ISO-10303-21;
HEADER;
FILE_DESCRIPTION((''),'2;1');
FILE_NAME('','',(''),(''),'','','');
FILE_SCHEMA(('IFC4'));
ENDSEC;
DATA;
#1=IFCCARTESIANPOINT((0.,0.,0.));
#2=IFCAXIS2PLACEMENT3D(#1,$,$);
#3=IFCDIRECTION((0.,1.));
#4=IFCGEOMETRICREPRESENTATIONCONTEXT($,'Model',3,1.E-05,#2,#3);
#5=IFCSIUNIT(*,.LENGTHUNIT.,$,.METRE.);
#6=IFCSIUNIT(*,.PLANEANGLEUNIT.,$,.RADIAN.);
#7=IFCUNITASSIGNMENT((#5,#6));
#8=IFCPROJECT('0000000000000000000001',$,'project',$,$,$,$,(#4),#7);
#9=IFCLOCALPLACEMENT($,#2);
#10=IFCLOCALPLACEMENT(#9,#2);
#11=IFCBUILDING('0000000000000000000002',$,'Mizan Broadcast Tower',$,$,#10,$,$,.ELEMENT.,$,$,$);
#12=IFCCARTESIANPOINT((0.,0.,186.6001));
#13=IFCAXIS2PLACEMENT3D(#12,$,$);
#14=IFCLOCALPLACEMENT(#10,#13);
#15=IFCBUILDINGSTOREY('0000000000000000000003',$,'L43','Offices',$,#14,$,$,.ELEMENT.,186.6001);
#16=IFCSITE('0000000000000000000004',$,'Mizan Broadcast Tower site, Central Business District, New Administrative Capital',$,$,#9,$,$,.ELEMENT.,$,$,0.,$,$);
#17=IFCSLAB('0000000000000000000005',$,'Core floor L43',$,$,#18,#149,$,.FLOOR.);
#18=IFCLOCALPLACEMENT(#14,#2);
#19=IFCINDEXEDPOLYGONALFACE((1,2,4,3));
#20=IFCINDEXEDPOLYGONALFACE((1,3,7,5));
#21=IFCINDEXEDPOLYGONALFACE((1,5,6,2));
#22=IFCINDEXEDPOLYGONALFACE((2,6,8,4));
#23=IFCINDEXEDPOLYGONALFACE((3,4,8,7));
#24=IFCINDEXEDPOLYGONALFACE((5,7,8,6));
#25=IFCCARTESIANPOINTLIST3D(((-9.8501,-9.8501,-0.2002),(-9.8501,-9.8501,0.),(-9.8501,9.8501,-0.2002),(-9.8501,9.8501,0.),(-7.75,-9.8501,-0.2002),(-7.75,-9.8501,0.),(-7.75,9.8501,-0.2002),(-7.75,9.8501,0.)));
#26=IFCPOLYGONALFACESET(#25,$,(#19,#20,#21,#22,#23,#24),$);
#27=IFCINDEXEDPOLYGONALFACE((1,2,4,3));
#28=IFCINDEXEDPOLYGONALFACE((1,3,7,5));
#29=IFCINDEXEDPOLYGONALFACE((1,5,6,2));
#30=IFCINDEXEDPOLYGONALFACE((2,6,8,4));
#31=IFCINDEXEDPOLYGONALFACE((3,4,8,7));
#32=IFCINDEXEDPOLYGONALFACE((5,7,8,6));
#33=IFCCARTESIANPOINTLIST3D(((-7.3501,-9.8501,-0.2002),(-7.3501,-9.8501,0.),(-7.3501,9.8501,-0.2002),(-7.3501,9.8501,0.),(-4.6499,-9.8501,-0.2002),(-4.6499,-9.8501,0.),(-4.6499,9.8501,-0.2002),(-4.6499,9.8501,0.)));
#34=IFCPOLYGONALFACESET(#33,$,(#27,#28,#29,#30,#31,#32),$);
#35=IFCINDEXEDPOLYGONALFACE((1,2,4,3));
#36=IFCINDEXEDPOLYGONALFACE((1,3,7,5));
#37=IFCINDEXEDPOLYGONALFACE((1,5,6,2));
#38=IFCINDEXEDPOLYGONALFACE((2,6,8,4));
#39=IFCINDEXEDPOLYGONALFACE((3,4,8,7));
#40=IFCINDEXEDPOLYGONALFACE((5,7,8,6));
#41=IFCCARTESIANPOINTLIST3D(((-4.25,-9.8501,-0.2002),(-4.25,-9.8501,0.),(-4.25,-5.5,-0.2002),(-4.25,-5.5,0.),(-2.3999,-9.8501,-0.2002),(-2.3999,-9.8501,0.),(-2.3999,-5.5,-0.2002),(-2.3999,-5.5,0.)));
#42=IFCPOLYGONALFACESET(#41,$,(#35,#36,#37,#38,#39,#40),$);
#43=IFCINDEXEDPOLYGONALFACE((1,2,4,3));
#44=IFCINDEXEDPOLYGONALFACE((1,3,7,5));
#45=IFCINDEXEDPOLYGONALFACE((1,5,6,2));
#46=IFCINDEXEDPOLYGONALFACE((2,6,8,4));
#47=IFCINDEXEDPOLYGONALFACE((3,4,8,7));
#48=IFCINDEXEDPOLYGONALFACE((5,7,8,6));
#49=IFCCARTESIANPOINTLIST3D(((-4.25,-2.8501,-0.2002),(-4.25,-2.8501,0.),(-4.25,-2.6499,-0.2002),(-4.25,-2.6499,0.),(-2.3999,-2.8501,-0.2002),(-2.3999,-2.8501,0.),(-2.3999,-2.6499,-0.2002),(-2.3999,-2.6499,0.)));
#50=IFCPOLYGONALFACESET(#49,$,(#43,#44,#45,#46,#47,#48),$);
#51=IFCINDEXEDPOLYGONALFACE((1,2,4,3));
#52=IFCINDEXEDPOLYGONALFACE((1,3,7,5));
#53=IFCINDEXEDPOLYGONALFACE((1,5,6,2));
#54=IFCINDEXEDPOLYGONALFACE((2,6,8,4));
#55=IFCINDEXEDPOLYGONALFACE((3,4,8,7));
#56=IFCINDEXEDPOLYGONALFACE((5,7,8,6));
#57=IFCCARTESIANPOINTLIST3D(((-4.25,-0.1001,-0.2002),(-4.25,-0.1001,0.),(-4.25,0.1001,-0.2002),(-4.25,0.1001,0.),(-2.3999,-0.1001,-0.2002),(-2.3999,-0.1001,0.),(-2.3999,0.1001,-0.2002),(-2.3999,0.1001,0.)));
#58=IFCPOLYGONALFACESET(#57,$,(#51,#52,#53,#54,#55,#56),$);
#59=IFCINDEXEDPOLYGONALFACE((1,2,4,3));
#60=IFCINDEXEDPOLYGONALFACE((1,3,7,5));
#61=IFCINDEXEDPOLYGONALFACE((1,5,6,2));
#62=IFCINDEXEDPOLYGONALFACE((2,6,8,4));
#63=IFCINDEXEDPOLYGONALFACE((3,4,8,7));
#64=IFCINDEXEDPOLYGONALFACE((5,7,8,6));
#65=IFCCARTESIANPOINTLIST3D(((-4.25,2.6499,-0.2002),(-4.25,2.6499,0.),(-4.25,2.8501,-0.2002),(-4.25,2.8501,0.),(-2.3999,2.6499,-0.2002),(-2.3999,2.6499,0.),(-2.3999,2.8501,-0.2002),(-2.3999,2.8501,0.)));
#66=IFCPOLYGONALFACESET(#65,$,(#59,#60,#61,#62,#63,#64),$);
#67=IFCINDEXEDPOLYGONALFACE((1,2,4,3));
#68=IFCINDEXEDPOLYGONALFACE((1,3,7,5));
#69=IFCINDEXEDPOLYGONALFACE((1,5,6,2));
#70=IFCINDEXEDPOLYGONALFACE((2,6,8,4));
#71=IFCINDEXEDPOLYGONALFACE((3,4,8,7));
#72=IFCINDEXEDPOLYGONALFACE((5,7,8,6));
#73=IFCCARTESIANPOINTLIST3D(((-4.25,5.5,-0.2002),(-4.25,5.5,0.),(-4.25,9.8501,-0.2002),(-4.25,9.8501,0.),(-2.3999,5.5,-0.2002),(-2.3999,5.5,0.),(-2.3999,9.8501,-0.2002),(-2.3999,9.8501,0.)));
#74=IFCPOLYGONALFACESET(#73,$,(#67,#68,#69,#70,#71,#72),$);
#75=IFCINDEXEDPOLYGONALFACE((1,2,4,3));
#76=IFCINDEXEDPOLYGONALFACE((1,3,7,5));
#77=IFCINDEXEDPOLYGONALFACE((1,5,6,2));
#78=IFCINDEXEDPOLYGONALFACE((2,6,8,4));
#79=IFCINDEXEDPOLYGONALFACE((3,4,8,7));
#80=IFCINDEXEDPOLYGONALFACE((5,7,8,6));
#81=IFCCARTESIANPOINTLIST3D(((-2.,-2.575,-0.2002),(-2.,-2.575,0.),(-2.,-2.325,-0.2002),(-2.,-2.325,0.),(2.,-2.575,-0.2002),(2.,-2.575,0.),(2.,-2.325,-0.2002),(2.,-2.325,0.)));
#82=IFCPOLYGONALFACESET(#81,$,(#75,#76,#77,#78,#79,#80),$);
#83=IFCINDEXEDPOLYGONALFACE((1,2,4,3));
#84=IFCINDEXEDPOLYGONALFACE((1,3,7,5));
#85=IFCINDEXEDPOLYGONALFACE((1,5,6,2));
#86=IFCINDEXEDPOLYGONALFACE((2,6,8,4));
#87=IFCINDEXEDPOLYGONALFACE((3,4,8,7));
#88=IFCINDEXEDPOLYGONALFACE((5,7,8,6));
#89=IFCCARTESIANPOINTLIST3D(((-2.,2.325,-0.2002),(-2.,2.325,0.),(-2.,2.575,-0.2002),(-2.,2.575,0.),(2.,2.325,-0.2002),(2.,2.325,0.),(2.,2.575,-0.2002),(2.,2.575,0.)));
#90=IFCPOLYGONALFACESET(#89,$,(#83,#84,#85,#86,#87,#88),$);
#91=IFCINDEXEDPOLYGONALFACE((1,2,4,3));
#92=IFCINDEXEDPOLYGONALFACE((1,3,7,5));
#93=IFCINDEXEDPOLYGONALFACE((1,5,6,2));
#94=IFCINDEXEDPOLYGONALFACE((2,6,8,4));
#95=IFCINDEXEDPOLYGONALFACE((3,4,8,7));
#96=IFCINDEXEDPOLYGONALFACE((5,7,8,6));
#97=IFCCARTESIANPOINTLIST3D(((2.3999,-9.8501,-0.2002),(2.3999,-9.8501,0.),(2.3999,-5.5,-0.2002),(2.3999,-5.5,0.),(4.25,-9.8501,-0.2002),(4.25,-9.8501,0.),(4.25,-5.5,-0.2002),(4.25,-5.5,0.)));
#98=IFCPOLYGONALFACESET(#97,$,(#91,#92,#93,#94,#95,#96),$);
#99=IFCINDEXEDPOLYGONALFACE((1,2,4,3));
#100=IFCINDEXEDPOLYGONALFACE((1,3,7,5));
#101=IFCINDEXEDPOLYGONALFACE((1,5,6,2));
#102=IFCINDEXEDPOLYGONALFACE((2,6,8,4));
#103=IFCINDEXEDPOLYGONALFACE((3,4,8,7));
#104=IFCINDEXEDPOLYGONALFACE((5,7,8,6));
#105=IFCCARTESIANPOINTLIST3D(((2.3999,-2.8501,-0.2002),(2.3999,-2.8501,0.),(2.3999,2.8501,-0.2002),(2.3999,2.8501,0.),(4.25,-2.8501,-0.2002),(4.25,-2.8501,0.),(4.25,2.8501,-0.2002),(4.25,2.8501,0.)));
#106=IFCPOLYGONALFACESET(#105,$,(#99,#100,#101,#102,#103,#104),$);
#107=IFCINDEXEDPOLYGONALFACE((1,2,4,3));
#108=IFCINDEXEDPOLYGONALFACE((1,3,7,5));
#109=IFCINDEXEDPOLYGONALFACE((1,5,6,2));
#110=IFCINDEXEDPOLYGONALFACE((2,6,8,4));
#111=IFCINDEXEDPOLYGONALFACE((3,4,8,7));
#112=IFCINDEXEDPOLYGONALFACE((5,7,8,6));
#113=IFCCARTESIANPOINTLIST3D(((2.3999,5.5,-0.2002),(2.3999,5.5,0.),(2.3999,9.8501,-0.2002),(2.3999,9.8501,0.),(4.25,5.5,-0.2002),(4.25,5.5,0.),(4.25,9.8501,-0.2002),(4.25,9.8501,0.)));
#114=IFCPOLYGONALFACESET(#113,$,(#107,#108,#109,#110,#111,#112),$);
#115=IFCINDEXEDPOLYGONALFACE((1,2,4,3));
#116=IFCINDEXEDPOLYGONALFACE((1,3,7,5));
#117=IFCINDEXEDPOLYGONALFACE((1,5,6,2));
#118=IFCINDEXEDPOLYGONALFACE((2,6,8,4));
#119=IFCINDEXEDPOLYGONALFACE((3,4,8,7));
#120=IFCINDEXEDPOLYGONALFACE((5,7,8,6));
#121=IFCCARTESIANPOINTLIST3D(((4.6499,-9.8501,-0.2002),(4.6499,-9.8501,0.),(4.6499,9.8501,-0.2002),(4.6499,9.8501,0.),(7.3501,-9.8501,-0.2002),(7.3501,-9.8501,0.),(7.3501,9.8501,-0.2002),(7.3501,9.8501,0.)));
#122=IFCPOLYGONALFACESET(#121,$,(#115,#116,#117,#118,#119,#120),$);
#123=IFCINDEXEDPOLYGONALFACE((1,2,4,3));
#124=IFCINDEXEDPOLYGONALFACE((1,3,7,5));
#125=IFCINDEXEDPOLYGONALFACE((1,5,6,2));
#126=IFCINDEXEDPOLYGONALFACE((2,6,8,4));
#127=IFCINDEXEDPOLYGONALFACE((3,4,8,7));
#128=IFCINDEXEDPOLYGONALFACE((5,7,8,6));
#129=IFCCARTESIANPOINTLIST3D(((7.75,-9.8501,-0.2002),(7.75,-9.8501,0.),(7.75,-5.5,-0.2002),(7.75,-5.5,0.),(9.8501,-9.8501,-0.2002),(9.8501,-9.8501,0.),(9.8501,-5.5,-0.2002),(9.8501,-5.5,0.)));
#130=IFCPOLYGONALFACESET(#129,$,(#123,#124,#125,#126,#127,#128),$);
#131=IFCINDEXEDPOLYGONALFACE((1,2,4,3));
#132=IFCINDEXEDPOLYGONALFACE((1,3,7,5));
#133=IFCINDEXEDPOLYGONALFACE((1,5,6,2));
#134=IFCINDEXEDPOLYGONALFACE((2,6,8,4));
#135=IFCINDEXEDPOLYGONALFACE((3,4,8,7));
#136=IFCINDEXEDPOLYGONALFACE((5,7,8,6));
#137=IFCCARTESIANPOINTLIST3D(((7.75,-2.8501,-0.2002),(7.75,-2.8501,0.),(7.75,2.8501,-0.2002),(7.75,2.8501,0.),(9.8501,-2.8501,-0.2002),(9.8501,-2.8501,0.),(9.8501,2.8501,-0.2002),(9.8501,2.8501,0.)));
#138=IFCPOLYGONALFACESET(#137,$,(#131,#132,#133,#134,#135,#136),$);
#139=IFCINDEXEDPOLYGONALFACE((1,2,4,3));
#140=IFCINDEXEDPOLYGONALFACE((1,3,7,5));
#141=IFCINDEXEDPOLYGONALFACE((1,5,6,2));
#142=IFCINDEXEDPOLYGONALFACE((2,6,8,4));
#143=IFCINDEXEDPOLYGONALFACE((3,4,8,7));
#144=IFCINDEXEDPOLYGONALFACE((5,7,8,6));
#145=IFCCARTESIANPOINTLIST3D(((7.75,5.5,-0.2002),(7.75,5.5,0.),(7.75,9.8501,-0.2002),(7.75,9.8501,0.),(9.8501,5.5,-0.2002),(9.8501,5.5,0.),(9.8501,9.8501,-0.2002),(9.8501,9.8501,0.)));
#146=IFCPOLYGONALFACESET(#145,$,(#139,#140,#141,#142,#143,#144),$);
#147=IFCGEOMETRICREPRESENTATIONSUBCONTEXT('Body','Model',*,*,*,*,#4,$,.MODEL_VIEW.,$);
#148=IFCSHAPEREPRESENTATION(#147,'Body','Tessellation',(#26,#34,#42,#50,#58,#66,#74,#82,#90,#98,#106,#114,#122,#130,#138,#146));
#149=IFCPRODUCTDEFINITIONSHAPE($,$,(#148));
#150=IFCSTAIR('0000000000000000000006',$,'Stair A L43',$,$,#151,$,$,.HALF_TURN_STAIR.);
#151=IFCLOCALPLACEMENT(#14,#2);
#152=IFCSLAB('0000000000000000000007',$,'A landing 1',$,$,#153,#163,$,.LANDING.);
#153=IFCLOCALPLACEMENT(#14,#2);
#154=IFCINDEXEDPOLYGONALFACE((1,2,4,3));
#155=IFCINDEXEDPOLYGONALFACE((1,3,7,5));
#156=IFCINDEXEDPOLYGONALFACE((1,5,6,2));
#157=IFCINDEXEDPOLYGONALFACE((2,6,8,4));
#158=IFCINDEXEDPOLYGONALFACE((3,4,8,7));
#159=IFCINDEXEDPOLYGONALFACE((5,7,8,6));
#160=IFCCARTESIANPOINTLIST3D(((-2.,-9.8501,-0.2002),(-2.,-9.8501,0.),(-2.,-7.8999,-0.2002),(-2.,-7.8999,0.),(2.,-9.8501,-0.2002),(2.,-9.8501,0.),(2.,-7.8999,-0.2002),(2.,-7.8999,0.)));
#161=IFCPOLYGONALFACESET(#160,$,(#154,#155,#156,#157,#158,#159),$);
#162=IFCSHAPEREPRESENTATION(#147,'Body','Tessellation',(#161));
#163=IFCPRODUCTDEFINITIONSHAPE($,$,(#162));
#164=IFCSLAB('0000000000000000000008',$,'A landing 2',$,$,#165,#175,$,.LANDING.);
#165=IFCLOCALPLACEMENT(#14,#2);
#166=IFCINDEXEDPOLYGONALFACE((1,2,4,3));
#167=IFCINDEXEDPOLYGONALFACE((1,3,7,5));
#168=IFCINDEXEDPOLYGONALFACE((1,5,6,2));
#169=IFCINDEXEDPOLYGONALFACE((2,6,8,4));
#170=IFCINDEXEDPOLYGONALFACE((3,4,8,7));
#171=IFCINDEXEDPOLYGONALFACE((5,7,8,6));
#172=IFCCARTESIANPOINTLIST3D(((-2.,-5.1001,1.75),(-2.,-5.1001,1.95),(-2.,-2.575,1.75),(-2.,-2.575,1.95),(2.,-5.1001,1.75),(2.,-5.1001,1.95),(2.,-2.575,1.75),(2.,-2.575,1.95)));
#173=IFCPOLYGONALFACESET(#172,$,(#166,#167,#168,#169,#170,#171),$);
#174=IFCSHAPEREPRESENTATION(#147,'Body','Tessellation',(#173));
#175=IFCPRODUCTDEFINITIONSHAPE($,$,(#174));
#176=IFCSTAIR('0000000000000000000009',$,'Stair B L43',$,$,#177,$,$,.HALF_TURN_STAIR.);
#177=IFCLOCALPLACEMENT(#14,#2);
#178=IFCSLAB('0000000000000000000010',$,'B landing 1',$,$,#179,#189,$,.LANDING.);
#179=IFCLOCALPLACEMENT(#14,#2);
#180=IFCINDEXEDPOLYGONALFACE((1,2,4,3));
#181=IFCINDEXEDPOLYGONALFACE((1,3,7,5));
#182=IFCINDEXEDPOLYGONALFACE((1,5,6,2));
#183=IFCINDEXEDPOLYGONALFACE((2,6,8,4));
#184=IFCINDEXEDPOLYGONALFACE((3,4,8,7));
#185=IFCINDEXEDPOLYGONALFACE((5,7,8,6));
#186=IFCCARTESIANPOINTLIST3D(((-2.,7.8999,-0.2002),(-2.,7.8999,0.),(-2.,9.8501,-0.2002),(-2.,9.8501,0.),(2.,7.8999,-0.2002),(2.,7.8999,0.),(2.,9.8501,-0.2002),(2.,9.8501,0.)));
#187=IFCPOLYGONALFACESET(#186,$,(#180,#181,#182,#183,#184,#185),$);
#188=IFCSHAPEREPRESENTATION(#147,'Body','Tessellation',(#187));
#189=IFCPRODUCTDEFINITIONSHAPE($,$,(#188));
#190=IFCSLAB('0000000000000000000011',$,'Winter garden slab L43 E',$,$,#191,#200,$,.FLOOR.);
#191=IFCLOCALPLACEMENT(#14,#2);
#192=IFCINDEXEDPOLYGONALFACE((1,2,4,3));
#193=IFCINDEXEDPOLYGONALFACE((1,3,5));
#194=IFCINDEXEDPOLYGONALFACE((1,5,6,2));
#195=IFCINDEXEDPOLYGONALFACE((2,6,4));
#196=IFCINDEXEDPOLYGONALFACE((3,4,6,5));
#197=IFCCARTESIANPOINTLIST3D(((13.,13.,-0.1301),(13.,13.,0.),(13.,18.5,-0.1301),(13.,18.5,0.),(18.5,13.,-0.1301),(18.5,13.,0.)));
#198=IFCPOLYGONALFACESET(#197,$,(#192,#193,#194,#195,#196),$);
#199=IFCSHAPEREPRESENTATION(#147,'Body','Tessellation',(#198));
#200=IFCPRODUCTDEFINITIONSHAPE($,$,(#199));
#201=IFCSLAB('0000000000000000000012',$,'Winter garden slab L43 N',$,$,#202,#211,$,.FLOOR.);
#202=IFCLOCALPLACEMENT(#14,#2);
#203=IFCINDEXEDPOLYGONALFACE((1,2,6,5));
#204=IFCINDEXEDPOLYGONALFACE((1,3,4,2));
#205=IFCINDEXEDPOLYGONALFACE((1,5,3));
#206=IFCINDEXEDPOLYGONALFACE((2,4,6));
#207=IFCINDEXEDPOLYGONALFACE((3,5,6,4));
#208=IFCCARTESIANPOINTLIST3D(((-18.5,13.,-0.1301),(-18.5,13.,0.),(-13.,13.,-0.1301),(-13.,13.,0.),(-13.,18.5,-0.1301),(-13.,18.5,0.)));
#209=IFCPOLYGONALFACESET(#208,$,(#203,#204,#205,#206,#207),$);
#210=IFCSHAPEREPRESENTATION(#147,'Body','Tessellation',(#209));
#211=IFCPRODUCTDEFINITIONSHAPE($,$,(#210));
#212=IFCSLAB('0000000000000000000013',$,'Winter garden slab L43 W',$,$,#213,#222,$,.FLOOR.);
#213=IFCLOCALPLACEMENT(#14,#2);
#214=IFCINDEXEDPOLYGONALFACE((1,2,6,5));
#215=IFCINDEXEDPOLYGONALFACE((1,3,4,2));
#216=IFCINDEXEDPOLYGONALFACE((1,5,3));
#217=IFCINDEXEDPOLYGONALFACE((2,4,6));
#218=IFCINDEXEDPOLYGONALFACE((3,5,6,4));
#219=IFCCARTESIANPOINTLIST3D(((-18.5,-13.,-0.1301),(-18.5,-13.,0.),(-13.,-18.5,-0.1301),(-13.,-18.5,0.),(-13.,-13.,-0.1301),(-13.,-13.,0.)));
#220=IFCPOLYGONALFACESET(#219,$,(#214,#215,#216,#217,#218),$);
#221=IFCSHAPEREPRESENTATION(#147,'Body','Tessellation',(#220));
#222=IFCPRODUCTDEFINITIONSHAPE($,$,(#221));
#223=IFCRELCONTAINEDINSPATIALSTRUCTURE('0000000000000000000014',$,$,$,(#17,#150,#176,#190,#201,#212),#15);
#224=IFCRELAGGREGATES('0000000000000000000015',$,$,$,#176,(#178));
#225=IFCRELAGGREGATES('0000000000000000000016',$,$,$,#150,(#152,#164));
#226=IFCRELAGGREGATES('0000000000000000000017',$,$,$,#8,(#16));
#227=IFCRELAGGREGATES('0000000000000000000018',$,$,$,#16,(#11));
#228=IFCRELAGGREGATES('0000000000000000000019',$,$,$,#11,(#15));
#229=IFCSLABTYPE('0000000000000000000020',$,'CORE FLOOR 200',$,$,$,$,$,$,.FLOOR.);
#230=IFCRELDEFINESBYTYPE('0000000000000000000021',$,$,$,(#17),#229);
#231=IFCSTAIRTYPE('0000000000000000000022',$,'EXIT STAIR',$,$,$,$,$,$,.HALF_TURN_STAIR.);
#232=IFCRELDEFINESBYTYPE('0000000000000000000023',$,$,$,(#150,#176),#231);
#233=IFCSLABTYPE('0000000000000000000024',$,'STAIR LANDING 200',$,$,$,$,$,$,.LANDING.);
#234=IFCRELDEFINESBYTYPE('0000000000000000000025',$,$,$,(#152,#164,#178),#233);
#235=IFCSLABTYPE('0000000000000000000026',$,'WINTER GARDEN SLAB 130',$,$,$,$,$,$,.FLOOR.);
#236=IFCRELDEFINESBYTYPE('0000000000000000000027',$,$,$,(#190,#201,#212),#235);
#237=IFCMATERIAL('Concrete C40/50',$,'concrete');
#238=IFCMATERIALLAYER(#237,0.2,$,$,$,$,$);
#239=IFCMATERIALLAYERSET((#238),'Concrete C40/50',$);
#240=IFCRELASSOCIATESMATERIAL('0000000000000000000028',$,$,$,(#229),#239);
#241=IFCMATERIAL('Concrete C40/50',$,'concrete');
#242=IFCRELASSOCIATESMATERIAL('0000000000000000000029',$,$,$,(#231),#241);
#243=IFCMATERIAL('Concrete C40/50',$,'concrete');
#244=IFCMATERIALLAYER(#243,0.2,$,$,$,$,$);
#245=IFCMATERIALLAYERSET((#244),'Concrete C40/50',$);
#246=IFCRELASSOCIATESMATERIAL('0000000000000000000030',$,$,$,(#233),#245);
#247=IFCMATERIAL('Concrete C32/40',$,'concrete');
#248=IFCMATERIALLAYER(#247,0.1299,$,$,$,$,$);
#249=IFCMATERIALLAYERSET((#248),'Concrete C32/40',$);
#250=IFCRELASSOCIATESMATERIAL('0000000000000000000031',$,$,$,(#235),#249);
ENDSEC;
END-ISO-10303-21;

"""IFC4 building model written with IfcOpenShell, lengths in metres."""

from ifc_helpers import new_model, si_unit, direction, frame, origin, place, context, subcontext, project, spatial, polyline, outline, extrude, material, layer, layer_set, type_object, element, aggregate, save


model = new_model("IFC4")

# Units and contexts
model_context = context("Model", 3, precision=1e-05, world=origin(), true_north=direction((0.0, 1.0)))
body_context = subcontext(model_context, "Body", "Model", "MODEL_VIEW")
ifc_project = project(units=[si_unit("LENGTHUNIT", "METRE"), si_unit("PLANEANGLEUNIT", "RADIAN")], contexts=[model_context])

# Site, building, storey
site_placement = place(None, origin())
site = spatial("IfcSite", under=ifc_project, at=site_placement, Name="Mizan Broadcast Tower site, Central Business District, New Administrative Capital", CompositionType="ELEMENT", RefElevation=0.0)
building_placement = place(site_placement, origin())
building = spatial("IfcBuilding", under=site, at=building_placement, Name="Mizan Broadcast Tower", CompositionType="ELEMENT")
storey_placement = place(building_placement, frame((0.0, 0.0, 186.6001)))
storey = spatial("IfcBuildingStorey", under=building, at=storey_placement, Name="L43", Description="Offices", CompositionType="ELEMENT", Elevation=186.6001)

# Slab
ifc_material_1 = material(Name="Concrete C40/50", Category="concrete")
ifc_layer_1 = layer(ifc_material_1, 0.2)
ifc_layer_set_1 = layer_set([ifc_layer_1], Name="Concrete C40/50")
slab_type_1 = type_object("IfcSlabType", Name="CORE FLOOR 200", PredefinedType="FLOOR", material=ifc_layer_set_1)
slab_1_placement = place(storey_placement, frame((0.0, 0.0, -0.2002)))
element("IfcSlab", 1, at=slab_1_placement, inside=storey, type_object=slab_type_1, Name="Core floor L43", PredefinedType="FLOOR", context=body_context, shape_type="SweptSolid", body=[
    extrude(outline(polyline([(-9.8501, -9.8501), (-7.75, -9.8501), (-7.75, 9.8501), (-9.8501, 9.8501), (-9.8501, -9.8501)])), origin(), (0.0, 0.0, 1.0), 0.2002),
    extrude(outline(polyline([(-4.6499, 9.8501), (-7.3501, 9.8501), (-7.3501, -9.8501), (-4.6499, -9.8501), (-4.6499, 9.8501)])), origin(), (0.0, 0.0, 1.0), 0.2002),
    extrude(outline(polyline([(-4.25, -5.5), (-4.25, -9.8501), (-2.3999, -9.8501), (-2.3999, -5.5), (-4.25, -5.5)])), origin(), (0.0, 0.0, 1.0), 0.2002),
    extrude(outline(polyline([(-4.25, -2.8501), (-2.3999, -2.8501), (-2.3999, -2.6499), (-4.25, -2.6499), (-4.25, -2.8501)])), origin(), (0.0, 0.0, 1.0), 0.2002),
    extrude(outline(polyline([(-4.25, -0.1001), (-2.3999, -0.1001), (-2.3999, 0.1001), (-4.25, 0.1001), (-4.25, -0.1001)])), origin(), (0.0, 0.0, 1.0), 0.2002),
    extrude(outline(polyline([(-4.25, 2.6499), (-2.3999, 2.6499), (-2.3999, 2.8501), (-4.25, 2.8501), (-4.25, 2.6499)])), origin(), (0.0, 0.0, 1.0), 0.2002),
    extrude(outline(polyline([(-4.25, 5.5), (-2.3999, 5.5), (-2.3999, 9.8501), (-4.25, 9.8501), (-4.25, 5.5)])), origin(), (0.0, 0.0, 1.0), 0.2002),
    extrude(outline(polyline([(2.0, -2.325), (-2.0, -2.325), (-2.0, -2.575), (2.0, -2.575), (2.0, -2.325)])), origin(), (0.0, 0.0, 1.0), 0.2002),
    extrude(outline(polyline([(2.0, 2.575), (-2.0, 2.575), (-2.0, 2.325), (2.0, 2.325), (2.0, 2.575)])), origin(), (0.0, 0.0, 1.0), 0.2002),
    extrude(outline(polyline([(4.25, -9.8501), (4.25, -5.5), (2.3999, -5.5), (2.3999, -9.8501), (4.25, -9.8501)])), origin(), (0.0, 0.0, 1.0), 0.2002),
    extrude(outline(polyline([(4.25, -2.8501), (4.25, 2.8501), (2.3999, 2.8501), (2.3999, -2.8501), (4.25, -2.8501)])), origin(), (0.0, 0.0, 1.0), 0.2002),
    extrude(outline(polyline([(4.25, 5.5), (4.25, 9.8501), (2.3999, 9.8501), (2.3999, 5.5), (4.25, 5.5)])), origin(), (0.0, 0.0, 1.0), 0.2002),
    extrude(outline(polyline([(4.6499, 9.8501), (4.6499, -9.8501), (7.3501, -9.8501), (7.3501, 9.8501), (4.6499, 9.8501)])), origin(), (0.0, 0.0, 1.0), 0.2002),
    extrude(outline(polyline([(9.8501, -9.8501), (9.8501, -5.5), (7.75, -5.5), (7.75, -9.8501), (9.8501, -9.8501)])), origin(), (0.0, 0.0, 1.0), 0.2002),
    extrude(outline(polyline([(7.75, -2.8501), (9.8501, -2.8501), (9.8501, 2.8501), (7.75, 2.8501), (7.75, -2.8501)])), origin(), (0.0, 0.0, 1.0), 0.2002),
    extrude(outline(polyline([(9.8501, 5.5), (9.8501, 9.8501), (7.75, 9.8501), (7.75, 5.5), (9.8501, 5.5)])), origin(), (0.0, 0.0, 1.0), 0.2002),
])

# Stair, slabs
ifc_material_2 = material(Name="Concrete C40/50", Category="concrete")
stair_type = type_object("IfcStairType", Name="EXIT STAIR", PredefinedType="HALF_TURN_STAIR", material=ifc_material_2)
stair_1_placement = place(storey_placement, origin())
stair_1 = element("IfcStair", 2, at=stair_1_placement, inside=storey, type_object=stair_type, Name="Stair A L43", PredefinedType="HALF_TURN_STAIR")
ifc_material_3 = material(Name="Concrete C40/50", Category="concrete")
ifc_layer_2 = layer(ifc_material_3, 0.2)
ifc_layer_set_2 = layer_set([ifc_layer_2], Name="Concrete C40/50")
slab_type_2 = type_object("IfcSlabType", Name="STAIR LANDING 200", PredefinedType="LANDING", material=ifc_layer_set_2)
slab_2_placement = place(storey_placement, frame((0.0, 0.0, -0.2002)))
slab_2 = element("IfcSlab", 3, at=slab_2_placement, type_object=slab_type_2, Name="A landing 1", PredefinedType="LANDING", context=body_context, shape_type="SweptSolid", body=[
    extrude(outline(polyline([(-2.0, -9.8501), (-2.0, -7.8999), (2.0, -7.8999), (2.0, -9.8501), (-2.0, -9.8501)])), origin(), (0.0, 0.0, 1.0), 0.2002),
])
slab_3_placement = place(storey_placement, frame((0.0, 0.0, 1.75)))
slab_3 = element("IfcSlab", 4, at=slab_3_placement, type_object=slab_type_2, Name="A landing 2", PredefinedType="LANDING", context=body_context, shape_type="SweptSolid", body=[
    extrude(outline(polyline([(-2.0, -5.1001), (-2.0, -2.575), (2.0, -2.575), (2.0, -5.1001), (-2.0, -5.1001)])), origin(), (0.0, 0.0, 1.0), 0.2),
])

# Stair, slab
stair_2_placement = place(storey_placement, origin())
stair_2 = element("IfcStair", 5, at=stair_2_placement, inside=storey, type_object=stair_type, Name="Stair B L43", PredefinedType="HALF_TURN_STAIR")
slab_4_placement = place(storey_placement, frame((0.0, 0.0, -0.2002)))
slab_4 = element("IfcSlab", 6, at=slab_4_placement, type_object=slab_type_2, Name="B landing 1", PredefinedType="LANDING", context=body_context, shape_type="SweptSolid", body=[
    extrude(outline(polyline([(2.0, 9.8501), (2.0, 7.8999), (-2.0, 7.8999), (-2.0, 9.8501), (2.0, 9.8501)])), origin(), (0.0, 0.0, 1.0), 0.2002),
])
aggregate(stair_2, [slab_4])

# Slabs
ifc_material_4 = material(Name="Concrete C32/40", Category="concrete")
ifc_layer_3 = layer(ifc_material_4, 0.1299)
ifc_layer_set_3 = layer_set([ifc_layer_3], Name="Concrete C32/40")
slab_type_3 = type_object("IfcSlabType", Name="WINTER GARDEN SLAB 130", PredefinedType="FLOOR", material=ifc_layer_set_3)
slab_5_placement = place(storey_placement, frame((0.0, 0.0, -0.1301)))
element("IfcSlab", 7, at=slab_5_placement, inside=storey, type_object=slab_type_3, Name="Winter garden slab L43 E", PredefinedType="FLOOR", context=body_context, shape_type="SweptSolid", body=[
    extrude(outline(polyline([(13.0, 13.0), (18.5, 13.0), (13.0, 18.5), (13.0, 13.0)])), origin(), (0.0, 0.0, 1.0), 0.1301),
])
slab_6_placement = place(storey_placement, frame((0.0, 0.0, -0.1301)))
element("IfcSlab", 8, at=slab_6_placement, inside=storey, type_object=slab_type_3, Name="Winter garden slab L43 N", PredefinedType="FLOOR", context=body_context, shape_type="SweptSolid", body=[
    extrude(outline(polyline([(-13.0, 13.0), (-13.0, 18.5), (-18.5, 13.0), (-13.0, 13.0)])), origin(), (0.0, 0.0, 1.0), 0.1301),
])
slab_7_placement = place(storey_placement, frame((0.0, 0.0, -0.1301)))
element("IfcSlab", 9, at=slab_7_placement, inside=storey, type_object=slab_type_3, Name="Winter garden slab L43 W", PredefinedType="FLOOR", context=body_context, shape_type="SweptSolid", body=[
    extrude(outline(polyline([(-13.0, -13.0), (-18.5, -13.0), (-13.0, -18.5), (-13.0, -13.0)])), origin(), (0.0, 0.0, 1.0), 0.1301),
])

aggregate(stair_1, [slab_2, slab_3])

save(model, "model.ifc")
